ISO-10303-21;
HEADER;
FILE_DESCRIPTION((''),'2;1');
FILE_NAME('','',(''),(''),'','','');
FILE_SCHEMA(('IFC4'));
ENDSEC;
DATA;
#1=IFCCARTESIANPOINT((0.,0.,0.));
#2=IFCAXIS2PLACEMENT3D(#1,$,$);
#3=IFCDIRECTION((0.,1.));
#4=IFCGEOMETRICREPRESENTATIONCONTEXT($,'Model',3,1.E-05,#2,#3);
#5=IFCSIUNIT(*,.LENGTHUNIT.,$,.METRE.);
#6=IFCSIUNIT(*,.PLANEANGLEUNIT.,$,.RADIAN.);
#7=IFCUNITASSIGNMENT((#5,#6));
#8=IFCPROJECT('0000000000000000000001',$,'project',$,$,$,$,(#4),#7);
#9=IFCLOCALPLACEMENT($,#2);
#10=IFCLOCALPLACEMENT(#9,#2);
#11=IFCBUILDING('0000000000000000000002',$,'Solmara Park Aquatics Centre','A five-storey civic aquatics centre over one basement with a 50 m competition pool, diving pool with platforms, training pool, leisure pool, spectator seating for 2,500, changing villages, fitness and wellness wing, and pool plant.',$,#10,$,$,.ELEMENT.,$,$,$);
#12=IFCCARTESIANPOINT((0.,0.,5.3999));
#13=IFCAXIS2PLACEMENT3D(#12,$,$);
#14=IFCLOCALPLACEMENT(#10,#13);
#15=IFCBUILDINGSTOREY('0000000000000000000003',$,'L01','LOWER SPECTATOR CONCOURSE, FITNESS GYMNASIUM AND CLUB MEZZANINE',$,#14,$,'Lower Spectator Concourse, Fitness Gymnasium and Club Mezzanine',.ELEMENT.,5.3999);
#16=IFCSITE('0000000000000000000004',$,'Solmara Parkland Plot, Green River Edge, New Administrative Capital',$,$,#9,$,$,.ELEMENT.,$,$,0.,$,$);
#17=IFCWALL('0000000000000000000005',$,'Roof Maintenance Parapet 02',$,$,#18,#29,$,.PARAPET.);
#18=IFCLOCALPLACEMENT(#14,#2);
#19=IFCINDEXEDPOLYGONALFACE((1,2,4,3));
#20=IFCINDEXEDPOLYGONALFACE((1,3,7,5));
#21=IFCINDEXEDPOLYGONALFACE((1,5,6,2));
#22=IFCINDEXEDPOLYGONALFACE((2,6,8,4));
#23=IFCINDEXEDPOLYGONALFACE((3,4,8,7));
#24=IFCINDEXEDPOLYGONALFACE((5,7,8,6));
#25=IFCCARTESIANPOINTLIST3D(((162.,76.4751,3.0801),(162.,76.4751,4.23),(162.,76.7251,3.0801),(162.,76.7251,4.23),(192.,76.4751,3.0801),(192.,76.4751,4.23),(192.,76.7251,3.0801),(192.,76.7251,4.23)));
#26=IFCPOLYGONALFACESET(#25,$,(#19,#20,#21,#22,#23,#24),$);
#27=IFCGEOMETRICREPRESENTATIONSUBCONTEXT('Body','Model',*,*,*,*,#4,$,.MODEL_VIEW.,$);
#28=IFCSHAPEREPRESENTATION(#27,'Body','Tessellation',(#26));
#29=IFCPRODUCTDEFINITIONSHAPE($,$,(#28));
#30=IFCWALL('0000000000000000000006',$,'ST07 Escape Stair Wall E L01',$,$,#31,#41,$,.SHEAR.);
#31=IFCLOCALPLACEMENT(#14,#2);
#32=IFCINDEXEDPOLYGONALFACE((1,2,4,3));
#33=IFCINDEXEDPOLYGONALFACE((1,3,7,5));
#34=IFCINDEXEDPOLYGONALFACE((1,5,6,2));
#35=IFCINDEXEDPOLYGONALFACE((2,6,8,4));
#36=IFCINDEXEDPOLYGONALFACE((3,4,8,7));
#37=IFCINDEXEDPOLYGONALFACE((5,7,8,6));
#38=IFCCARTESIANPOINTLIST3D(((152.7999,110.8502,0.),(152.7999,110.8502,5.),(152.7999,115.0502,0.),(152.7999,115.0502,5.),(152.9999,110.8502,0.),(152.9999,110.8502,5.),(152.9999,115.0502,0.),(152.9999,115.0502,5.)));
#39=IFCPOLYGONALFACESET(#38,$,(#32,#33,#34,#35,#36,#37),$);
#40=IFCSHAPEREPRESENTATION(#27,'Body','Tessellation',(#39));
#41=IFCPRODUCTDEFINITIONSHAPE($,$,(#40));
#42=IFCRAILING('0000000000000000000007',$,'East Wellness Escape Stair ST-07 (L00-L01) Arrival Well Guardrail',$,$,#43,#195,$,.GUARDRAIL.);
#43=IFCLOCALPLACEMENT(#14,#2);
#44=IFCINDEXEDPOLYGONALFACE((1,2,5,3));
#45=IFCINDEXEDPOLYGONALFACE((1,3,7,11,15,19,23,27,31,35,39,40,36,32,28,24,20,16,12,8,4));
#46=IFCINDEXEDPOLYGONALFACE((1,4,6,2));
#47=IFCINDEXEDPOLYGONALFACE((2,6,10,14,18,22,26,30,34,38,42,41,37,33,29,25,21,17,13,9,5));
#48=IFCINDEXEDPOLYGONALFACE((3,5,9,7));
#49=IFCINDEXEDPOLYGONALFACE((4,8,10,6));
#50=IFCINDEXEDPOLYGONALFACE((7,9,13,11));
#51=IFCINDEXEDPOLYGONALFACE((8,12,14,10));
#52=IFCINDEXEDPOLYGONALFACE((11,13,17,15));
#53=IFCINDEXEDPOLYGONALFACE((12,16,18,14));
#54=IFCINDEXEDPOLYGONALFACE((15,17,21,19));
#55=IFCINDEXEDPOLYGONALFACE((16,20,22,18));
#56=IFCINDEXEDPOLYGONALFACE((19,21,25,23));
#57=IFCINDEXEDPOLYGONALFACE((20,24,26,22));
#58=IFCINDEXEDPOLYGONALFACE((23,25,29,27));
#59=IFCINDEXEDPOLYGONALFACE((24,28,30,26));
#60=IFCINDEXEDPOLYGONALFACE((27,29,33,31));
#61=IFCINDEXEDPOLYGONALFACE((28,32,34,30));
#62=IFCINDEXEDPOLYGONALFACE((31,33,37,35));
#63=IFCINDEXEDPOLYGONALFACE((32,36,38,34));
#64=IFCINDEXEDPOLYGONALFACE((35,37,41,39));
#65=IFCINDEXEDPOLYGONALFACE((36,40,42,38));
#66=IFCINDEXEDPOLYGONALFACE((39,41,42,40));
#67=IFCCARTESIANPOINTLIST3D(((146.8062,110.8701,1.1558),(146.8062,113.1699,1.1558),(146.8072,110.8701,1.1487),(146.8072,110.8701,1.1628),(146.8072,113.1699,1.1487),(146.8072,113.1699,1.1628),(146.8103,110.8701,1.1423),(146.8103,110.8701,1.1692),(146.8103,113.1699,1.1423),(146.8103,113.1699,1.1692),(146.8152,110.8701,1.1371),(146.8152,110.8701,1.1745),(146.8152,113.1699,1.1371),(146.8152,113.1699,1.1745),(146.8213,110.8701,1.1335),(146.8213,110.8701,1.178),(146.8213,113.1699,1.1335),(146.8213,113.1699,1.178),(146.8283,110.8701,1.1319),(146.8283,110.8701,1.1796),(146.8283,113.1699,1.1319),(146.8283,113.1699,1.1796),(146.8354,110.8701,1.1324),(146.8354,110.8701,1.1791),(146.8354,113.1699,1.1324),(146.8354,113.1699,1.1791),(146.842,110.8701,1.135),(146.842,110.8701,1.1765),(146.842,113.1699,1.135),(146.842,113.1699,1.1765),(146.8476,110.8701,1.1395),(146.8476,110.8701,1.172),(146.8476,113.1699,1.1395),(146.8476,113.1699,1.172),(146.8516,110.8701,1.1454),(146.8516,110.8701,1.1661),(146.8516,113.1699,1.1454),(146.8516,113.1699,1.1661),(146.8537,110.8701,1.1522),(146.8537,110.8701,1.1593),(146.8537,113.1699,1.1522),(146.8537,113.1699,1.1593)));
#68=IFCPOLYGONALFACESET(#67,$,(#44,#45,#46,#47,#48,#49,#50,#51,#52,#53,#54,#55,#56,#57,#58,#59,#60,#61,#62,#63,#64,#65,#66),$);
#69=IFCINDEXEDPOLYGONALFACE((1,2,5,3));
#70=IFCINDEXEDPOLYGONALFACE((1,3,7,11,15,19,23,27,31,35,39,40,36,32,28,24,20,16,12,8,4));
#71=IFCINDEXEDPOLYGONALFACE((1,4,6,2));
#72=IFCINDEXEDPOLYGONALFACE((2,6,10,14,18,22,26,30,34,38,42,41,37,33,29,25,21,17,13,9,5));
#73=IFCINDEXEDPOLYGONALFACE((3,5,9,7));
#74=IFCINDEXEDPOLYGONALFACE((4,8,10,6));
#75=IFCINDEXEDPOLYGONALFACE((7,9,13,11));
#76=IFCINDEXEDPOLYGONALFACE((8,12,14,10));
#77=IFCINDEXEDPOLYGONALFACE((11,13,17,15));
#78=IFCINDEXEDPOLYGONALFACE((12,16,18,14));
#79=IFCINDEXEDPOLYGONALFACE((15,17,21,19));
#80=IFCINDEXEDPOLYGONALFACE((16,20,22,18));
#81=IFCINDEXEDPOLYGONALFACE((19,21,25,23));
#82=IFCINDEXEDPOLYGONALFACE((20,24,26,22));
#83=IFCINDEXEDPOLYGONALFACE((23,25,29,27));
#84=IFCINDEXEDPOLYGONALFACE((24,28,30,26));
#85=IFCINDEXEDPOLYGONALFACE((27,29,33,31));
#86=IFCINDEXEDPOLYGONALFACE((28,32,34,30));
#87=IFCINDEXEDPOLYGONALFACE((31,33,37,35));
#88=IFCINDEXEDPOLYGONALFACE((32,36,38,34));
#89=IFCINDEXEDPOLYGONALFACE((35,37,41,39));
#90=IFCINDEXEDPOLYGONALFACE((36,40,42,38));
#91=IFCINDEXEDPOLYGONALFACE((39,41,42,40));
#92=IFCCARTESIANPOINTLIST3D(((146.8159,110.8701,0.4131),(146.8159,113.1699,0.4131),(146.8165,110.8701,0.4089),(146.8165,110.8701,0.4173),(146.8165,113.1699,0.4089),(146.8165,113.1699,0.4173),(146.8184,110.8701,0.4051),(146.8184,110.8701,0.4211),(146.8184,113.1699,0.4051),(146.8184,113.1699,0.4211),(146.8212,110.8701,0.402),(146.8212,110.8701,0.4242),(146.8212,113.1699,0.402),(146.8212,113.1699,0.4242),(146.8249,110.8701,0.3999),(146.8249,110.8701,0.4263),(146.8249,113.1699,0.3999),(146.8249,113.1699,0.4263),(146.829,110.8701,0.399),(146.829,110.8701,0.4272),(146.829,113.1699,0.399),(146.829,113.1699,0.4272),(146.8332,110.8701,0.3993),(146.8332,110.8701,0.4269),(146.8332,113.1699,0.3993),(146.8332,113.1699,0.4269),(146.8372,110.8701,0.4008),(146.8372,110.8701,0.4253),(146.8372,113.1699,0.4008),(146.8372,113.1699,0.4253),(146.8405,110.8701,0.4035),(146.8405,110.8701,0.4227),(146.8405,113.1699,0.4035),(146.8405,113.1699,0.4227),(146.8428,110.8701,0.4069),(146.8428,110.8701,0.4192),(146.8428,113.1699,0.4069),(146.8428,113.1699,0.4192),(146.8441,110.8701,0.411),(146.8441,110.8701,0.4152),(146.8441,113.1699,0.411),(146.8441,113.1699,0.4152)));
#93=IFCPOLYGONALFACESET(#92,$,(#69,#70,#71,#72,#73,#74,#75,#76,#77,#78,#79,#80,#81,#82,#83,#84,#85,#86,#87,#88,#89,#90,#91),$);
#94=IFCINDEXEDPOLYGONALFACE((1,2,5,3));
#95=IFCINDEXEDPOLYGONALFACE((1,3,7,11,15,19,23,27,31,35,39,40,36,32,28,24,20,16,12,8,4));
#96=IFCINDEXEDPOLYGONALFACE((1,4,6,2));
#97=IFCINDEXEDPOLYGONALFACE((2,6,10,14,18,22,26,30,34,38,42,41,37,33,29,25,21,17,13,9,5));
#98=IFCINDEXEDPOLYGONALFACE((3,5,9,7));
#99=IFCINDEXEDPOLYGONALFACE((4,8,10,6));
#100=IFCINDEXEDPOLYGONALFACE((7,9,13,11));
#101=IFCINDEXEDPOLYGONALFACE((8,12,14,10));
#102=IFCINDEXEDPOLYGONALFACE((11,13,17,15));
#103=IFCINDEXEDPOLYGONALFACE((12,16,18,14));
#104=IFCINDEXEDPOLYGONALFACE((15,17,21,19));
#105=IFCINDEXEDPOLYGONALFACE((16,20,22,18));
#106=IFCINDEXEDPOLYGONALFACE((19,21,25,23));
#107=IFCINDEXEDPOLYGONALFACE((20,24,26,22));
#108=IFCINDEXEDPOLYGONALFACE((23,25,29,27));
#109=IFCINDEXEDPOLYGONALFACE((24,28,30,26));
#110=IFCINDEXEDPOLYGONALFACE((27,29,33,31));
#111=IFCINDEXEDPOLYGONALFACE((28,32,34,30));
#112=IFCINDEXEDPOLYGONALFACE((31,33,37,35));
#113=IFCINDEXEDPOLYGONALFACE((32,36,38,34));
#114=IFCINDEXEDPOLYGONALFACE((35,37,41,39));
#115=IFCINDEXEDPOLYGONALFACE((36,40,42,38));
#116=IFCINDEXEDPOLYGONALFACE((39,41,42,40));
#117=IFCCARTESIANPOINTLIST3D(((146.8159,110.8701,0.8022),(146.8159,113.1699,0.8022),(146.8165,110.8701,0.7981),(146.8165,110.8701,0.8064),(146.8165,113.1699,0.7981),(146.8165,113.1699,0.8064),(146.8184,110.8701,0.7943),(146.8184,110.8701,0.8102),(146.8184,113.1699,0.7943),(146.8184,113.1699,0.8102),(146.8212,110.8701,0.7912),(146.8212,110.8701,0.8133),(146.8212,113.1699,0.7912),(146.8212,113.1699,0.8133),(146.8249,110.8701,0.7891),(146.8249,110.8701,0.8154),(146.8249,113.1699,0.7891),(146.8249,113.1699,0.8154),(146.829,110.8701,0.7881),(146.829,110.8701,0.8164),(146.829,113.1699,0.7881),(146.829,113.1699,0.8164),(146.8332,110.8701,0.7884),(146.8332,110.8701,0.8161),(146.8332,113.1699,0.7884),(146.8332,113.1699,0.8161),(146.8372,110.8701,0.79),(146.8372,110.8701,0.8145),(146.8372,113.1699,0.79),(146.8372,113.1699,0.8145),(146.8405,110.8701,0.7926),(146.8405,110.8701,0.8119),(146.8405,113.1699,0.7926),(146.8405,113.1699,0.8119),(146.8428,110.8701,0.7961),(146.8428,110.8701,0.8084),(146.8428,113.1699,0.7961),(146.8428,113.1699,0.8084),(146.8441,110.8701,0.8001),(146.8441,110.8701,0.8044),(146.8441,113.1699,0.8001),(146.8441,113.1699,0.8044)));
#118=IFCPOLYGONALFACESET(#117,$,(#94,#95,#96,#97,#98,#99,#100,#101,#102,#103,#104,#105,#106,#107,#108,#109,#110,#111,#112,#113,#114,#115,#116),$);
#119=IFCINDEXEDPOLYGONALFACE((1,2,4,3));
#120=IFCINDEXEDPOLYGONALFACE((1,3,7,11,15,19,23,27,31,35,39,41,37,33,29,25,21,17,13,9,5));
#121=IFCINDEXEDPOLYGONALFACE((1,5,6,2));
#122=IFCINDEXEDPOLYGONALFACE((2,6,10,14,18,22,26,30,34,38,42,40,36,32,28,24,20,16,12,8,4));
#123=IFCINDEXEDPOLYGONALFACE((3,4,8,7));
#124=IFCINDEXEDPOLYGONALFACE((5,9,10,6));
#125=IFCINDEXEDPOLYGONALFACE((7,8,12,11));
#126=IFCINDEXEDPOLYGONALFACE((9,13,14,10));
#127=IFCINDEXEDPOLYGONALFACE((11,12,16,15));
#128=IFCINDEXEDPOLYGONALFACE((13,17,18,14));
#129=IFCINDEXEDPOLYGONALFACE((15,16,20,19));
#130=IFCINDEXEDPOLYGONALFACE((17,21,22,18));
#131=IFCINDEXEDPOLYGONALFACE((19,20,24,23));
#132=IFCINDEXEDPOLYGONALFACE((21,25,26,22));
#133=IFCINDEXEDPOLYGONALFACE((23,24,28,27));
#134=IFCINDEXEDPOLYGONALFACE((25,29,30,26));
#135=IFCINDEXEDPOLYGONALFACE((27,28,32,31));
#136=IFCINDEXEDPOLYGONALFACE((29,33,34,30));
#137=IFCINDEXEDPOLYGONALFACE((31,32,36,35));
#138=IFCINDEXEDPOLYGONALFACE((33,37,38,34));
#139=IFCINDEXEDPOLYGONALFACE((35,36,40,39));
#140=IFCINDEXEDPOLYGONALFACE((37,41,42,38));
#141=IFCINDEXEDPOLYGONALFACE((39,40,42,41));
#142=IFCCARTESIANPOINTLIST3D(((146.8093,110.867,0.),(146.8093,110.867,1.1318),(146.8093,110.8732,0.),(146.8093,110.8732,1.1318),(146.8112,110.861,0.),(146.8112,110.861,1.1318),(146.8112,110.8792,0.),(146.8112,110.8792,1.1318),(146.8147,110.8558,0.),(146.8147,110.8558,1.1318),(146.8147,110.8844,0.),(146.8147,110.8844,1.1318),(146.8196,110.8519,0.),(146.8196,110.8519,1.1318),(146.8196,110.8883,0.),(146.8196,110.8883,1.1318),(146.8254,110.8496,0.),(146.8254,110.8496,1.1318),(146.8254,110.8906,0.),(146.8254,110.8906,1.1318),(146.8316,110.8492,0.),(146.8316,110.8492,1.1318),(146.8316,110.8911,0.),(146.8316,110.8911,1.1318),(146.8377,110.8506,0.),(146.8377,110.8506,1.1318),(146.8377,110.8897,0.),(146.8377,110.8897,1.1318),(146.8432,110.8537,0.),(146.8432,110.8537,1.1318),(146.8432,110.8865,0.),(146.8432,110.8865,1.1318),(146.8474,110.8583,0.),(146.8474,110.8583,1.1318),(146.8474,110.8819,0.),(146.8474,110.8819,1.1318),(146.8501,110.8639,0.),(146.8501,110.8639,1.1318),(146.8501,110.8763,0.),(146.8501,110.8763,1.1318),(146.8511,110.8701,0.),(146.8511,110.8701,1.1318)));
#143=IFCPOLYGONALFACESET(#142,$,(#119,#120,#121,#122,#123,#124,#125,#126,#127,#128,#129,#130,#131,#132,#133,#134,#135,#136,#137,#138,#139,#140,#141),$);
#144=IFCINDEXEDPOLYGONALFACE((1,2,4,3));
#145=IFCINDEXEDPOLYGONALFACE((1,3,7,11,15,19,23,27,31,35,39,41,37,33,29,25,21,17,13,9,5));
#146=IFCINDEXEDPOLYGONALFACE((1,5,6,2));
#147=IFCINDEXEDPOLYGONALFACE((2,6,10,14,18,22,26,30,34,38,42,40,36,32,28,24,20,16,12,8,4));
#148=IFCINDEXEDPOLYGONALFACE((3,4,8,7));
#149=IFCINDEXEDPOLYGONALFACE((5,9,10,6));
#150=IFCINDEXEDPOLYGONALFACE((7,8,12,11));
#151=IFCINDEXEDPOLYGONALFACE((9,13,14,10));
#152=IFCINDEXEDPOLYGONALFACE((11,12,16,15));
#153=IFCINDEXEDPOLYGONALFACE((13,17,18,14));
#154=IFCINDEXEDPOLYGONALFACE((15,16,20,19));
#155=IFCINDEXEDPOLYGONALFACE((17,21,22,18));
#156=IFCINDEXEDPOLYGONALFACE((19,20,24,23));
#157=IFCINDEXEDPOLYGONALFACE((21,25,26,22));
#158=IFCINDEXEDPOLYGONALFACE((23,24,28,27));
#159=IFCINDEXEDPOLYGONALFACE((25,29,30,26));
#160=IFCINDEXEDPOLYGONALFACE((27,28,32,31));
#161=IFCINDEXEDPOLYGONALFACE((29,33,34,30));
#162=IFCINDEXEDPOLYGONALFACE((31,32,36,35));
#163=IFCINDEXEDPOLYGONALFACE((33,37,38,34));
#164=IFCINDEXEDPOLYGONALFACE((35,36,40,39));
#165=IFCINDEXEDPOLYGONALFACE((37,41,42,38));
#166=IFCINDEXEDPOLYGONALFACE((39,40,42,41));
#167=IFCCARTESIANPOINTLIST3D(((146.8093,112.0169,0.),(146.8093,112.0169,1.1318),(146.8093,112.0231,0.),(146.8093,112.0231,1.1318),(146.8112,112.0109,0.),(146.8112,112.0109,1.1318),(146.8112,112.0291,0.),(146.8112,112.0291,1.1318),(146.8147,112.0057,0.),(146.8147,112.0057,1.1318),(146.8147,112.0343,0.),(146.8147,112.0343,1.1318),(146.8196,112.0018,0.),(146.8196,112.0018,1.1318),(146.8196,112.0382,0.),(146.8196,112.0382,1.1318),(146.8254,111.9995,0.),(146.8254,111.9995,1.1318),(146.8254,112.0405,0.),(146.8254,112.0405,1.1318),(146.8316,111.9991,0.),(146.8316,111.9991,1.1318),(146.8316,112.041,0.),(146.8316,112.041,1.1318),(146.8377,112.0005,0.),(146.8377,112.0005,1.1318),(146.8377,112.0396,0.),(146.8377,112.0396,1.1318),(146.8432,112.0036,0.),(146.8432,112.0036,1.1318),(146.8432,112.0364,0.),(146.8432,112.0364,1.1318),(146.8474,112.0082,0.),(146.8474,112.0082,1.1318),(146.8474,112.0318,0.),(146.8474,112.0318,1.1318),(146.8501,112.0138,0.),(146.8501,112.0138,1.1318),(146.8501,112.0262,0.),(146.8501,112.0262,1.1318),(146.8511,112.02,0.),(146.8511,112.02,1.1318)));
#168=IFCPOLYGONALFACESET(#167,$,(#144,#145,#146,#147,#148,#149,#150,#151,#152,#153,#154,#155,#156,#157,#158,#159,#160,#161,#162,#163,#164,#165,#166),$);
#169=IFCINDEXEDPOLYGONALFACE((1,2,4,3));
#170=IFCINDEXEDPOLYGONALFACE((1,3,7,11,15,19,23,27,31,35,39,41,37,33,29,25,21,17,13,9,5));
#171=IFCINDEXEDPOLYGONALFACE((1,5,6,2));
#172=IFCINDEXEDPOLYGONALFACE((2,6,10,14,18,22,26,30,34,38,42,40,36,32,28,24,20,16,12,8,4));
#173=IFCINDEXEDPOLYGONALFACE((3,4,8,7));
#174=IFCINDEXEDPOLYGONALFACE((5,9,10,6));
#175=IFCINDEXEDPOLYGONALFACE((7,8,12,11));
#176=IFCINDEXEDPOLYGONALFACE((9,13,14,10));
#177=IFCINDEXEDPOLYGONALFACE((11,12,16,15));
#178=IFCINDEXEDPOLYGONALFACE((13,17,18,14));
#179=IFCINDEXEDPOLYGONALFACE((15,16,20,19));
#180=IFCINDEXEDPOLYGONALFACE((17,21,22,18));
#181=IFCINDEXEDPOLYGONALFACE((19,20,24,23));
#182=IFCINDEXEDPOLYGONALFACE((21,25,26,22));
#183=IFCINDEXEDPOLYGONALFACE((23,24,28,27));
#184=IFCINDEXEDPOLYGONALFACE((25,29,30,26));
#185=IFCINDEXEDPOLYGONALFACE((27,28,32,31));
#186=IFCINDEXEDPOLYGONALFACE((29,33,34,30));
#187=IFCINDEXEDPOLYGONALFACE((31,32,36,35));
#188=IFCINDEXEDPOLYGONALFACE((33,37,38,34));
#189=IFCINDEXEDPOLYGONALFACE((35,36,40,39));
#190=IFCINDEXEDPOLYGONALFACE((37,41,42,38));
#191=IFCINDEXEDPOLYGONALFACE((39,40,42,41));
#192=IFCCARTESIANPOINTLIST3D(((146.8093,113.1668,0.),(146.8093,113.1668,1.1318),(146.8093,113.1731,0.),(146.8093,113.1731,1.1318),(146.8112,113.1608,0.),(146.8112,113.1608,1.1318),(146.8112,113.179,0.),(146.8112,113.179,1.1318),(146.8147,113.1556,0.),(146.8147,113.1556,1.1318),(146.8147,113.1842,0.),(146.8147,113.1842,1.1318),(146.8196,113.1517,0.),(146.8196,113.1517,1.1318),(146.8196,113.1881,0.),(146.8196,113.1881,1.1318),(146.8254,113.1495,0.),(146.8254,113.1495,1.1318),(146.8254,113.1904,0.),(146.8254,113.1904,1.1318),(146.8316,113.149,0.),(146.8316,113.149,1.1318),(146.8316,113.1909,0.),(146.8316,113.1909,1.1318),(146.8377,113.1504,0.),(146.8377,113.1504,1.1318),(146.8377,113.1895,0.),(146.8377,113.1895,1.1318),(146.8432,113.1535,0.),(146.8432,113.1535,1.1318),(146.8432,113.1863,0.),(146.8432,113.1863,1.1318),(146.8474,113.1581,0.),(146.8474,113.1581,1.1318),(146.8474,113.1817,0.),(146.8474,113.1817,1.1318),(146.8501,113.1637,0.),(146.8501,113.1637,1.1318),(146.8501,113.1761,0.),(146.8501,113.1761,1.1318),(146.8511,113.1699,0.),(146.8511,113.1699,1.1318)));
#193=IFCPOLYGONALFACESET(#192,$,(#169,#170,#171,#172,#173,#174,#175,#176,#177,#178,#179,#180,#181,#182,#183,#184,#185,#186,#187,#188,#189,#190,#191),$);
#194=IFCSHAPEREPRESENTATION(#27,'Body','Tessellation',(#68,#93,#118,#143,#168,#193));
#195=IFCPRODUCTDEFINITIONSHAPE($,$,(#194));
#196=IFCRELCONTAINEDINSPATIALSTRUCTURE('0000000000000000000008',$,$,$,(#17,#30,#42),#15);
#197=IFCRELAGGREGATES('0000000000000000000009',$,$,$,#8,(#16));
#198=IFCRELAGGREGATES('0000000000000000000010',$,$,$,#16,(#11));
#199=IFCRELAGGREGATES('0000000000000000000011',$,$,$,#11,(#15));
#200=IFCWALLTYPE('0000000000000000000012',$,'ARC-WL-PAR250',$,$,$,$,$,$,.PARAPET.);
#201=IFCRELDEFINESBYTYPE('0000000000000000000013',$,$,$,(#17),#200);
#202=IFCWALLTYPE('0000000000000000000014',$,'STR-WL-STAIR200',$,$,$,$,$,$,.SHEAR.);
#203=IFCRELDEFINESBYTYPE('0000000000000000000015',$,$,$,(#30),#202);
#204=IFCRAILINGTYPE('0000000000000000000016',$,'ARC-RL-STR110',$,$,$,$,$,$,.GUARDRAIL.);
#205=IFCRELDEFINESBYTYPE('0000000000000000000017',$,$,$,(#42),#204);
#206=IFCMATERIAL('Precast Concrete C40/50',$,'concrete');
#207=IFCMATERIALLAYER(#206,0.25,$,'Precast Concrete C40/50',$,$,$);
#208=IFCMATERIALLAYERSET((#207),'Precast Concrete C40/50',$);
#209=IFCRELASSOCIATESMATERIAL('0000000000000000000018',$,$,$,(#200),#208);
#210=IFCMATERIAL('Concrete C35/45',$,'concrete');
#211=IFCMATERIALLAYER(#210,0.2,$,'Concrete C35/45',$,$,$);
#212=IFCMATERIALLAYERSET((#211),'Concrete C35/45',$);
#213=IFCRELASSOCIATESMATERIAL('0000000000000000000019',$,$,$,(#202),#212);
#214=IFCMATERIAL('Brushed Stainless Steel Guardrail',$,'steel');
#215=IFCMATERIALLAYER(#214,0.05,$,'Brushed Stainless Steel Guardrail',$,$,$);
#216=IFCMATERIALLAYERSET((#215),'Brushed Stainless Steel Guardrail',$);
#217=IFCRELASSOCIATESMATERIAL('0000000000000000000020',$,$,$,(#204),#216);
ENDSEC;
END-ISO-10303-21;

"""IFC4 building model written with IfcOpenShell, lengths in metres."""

from ifc_helpers import new_model, si_unit, direction, frame, frame_2d, origin, origin_2d, place, context, subcontext, project, spatial, rectangle, circle, extrude, material, layer, layer_set, type_object, element, save


model = new_model("IFC4")

# Units and contexts
model_context = context("Model", 3, precision=1e-05, world=origin(), true_north=direction((0.0, 1.0)))
body_context = subcontext(model_context, "Body", "Model", "MODEL_VIEW")
ifc_project = project(units=[si_unit("LENGTHUNIT", "METRE"), si_unit("PLANEANGLEUNIT", "RADIAN")], contexts=[model_context])

# Site, building, storey
site_placement = place(None, origin())
site = spatial("IfcSite", under=ifc_project, at=site_placement, Name="Solmara Parkland Plot, Green River Edge, New Administrative Capital", CompositionType="ELEMENT", RefElevation=0.0)
building_placement = place(site_placement, origin())
building = spatial("IfcBuilding", under=site, at=building_placement, Name="Solmara Park Aquatics Centre", Description="A five-storey civic aquatics centre over one basement with a 50 m competition pool, diving pool with platforms, training pool, leisure pool, spectator seating for 2,500, changing villages, fitness and wellness wing, and pool plant.", CompositionType="ELEMENT")
storey_placement = place(building_placement, frame((0.0, 0.0, 5.3999)))
storey = spatial("IfcBuildingStorey", under=building, at=storey_placement, Name="L01", Description="LOWER SPECTATOR CONCOURSE, FITNESS GYMNASIUM AND CLUB MEZZANINE", LongName="Lower Spectator Concourse, Fitness Gymnasium and Club Mezzanine", CompositionType="ELEMENT", Elevation=5.3999)

# Walls
ifc_material_1 = material(Name="Precast Concrete C40/50", Category="concrete")
ifc_layer_1 = layer(ifc_material_1, 0.25, Name="Precast Concrete C40/50")
ifc_layer_set_1 = layer_set([ifc_layer_1], Name="Precast Concrete C40/50")
wall_type_1 = type_object("IfcWallType", Name="ARC-WL-PAR250", PredefinedType="PARAPET", material=ifc_layer_set_1)
wall_1_placement = place(storey_placement, frame((162.0, 76.6001, 3.0801), z_axis=(0.0, 0.0, 1.0), x_axis=(1.0, 0.0, 0.0)))
element("IfcWall", 1, at=wall_1_placement, inside=storey, type_object=wall_type_1, Name="Roof Maintenance Parapet 02", PredefinedType="PARAPET", context=body_context, shape_type="SweptSolid", body=[
    extrude(rectangle(XDim=30.0, YDim=0.25, at=frame_2d((15.0, 0.0))), origin(), (0.0, 0.0, 1.0), 1.1499),
])
ifc_material_2 = material(Name="Concrete C35/45", Category="concrete")
ifc_layer_2 = layer(ifc_material_2, 0.2, Name="Concrete C35/45")
ifc_layer_set_2 = layer_set([ifc_layer_2], Name="Concrete C35/45")
wall_type_2 = type_object("IfcWallType", Name="STR-WL-STAIR200", PredefinedType="SHEAR", material=ifc_layer_set_2)
wall_2_placement = place(storey_placement, frame((152.8999, 110.8501, 0.0), z_axis=(0.0, 0.0, 1.0), x_axis=(0.0, 1.0, 0.0)))
element("IfcWall", 2, at=wall_2_placement, inside=storey, type_object=wall_type_2, Name="ST07 Escape Stair Wall E L01", PredefinedType="SHEAR", context=body_context, shape_type="SweptSolid", body=[
    extrude(rectangle(XDim=4.2, YDim=0.2, at=frame_2d((2.1001, 0.0))), origin(), (0.0, 0.0, 1.0), 5.0),
])

# Railing
ifc_material_3 = material(Name="Brushed Stainless Steel Guardrail", Category="steel")
ifc_layer_3 = layer(ifc_material_3, 0.05, Name="Brushed Stainless Steel Guardrail")
ifc_layer_set_3 = layer_set([ifc_layer_3], Name="Brushed Stainless Steel Guardrail")
railing_type_1 = type_object("IfcRailingType", Name="ARC-RL-STR110", PredefinedType="GUARDRAIL", material=ifc_layer_set_3)
railing_1_placement = place(storey_placement, frame((146.8301, 110.8701, 0.0)))
element("IfcRailing", 3, at=railing_1_placement, inside=storey, type_object=railing_type_1, Name="East Wellness Escape Stair ST-07 (L00-L01) Arrival Well Guardrail", PredefinedType="GUARDRAIL", context=body_context, shape_type="SweptSolid", body=[
    extrude(circle(Radius=0.0239, at=origin_2d()), frame((0.0, 0.0, 1.1558), z_axis=(0.0, 1.0, 0.0), x_axis=(-1.0, 0.0, 0.0)), (0.0, 0.0, 1.0), 2.2998),
    extrude(circle(Radius=0.0142, at=origin_2d()), frame((0.0, 0.0, 0.4131), z_axis=(0.0, 1.0, 0.0), x_axis=(-1.0, 0.0, 0.0)), (0.0, 0.0, 1.0), 2.2998),
    extrude(circle(Radius=0.0142, at=origin_2d()), frame((0.0, 0.0, 0.8022), z_axis=(0.0, 1.0, 0.0), x_axis=(-1.0, 0.0, 0.0)), (0.0, 0.0, 1.0), 2.2998),
    extrude(circle(Radius=0.021, at=origin_2d()), origin(), (0.0, 0.0, 1.0), 1.1318),
    extrude(circle(Radius=0.021, at=origin_2d()), frame((0.0, 1.1499, 0.0)), (0.0, 0.0, 1.0), 1.1318),
    extrude(circle(Radius=0.021, at=origin_2d()), frame((0.0, 2.2998, 0.0)), (0.0, 0.0, 1.0), 1.1318),
])

save(model, "model.ifc")
